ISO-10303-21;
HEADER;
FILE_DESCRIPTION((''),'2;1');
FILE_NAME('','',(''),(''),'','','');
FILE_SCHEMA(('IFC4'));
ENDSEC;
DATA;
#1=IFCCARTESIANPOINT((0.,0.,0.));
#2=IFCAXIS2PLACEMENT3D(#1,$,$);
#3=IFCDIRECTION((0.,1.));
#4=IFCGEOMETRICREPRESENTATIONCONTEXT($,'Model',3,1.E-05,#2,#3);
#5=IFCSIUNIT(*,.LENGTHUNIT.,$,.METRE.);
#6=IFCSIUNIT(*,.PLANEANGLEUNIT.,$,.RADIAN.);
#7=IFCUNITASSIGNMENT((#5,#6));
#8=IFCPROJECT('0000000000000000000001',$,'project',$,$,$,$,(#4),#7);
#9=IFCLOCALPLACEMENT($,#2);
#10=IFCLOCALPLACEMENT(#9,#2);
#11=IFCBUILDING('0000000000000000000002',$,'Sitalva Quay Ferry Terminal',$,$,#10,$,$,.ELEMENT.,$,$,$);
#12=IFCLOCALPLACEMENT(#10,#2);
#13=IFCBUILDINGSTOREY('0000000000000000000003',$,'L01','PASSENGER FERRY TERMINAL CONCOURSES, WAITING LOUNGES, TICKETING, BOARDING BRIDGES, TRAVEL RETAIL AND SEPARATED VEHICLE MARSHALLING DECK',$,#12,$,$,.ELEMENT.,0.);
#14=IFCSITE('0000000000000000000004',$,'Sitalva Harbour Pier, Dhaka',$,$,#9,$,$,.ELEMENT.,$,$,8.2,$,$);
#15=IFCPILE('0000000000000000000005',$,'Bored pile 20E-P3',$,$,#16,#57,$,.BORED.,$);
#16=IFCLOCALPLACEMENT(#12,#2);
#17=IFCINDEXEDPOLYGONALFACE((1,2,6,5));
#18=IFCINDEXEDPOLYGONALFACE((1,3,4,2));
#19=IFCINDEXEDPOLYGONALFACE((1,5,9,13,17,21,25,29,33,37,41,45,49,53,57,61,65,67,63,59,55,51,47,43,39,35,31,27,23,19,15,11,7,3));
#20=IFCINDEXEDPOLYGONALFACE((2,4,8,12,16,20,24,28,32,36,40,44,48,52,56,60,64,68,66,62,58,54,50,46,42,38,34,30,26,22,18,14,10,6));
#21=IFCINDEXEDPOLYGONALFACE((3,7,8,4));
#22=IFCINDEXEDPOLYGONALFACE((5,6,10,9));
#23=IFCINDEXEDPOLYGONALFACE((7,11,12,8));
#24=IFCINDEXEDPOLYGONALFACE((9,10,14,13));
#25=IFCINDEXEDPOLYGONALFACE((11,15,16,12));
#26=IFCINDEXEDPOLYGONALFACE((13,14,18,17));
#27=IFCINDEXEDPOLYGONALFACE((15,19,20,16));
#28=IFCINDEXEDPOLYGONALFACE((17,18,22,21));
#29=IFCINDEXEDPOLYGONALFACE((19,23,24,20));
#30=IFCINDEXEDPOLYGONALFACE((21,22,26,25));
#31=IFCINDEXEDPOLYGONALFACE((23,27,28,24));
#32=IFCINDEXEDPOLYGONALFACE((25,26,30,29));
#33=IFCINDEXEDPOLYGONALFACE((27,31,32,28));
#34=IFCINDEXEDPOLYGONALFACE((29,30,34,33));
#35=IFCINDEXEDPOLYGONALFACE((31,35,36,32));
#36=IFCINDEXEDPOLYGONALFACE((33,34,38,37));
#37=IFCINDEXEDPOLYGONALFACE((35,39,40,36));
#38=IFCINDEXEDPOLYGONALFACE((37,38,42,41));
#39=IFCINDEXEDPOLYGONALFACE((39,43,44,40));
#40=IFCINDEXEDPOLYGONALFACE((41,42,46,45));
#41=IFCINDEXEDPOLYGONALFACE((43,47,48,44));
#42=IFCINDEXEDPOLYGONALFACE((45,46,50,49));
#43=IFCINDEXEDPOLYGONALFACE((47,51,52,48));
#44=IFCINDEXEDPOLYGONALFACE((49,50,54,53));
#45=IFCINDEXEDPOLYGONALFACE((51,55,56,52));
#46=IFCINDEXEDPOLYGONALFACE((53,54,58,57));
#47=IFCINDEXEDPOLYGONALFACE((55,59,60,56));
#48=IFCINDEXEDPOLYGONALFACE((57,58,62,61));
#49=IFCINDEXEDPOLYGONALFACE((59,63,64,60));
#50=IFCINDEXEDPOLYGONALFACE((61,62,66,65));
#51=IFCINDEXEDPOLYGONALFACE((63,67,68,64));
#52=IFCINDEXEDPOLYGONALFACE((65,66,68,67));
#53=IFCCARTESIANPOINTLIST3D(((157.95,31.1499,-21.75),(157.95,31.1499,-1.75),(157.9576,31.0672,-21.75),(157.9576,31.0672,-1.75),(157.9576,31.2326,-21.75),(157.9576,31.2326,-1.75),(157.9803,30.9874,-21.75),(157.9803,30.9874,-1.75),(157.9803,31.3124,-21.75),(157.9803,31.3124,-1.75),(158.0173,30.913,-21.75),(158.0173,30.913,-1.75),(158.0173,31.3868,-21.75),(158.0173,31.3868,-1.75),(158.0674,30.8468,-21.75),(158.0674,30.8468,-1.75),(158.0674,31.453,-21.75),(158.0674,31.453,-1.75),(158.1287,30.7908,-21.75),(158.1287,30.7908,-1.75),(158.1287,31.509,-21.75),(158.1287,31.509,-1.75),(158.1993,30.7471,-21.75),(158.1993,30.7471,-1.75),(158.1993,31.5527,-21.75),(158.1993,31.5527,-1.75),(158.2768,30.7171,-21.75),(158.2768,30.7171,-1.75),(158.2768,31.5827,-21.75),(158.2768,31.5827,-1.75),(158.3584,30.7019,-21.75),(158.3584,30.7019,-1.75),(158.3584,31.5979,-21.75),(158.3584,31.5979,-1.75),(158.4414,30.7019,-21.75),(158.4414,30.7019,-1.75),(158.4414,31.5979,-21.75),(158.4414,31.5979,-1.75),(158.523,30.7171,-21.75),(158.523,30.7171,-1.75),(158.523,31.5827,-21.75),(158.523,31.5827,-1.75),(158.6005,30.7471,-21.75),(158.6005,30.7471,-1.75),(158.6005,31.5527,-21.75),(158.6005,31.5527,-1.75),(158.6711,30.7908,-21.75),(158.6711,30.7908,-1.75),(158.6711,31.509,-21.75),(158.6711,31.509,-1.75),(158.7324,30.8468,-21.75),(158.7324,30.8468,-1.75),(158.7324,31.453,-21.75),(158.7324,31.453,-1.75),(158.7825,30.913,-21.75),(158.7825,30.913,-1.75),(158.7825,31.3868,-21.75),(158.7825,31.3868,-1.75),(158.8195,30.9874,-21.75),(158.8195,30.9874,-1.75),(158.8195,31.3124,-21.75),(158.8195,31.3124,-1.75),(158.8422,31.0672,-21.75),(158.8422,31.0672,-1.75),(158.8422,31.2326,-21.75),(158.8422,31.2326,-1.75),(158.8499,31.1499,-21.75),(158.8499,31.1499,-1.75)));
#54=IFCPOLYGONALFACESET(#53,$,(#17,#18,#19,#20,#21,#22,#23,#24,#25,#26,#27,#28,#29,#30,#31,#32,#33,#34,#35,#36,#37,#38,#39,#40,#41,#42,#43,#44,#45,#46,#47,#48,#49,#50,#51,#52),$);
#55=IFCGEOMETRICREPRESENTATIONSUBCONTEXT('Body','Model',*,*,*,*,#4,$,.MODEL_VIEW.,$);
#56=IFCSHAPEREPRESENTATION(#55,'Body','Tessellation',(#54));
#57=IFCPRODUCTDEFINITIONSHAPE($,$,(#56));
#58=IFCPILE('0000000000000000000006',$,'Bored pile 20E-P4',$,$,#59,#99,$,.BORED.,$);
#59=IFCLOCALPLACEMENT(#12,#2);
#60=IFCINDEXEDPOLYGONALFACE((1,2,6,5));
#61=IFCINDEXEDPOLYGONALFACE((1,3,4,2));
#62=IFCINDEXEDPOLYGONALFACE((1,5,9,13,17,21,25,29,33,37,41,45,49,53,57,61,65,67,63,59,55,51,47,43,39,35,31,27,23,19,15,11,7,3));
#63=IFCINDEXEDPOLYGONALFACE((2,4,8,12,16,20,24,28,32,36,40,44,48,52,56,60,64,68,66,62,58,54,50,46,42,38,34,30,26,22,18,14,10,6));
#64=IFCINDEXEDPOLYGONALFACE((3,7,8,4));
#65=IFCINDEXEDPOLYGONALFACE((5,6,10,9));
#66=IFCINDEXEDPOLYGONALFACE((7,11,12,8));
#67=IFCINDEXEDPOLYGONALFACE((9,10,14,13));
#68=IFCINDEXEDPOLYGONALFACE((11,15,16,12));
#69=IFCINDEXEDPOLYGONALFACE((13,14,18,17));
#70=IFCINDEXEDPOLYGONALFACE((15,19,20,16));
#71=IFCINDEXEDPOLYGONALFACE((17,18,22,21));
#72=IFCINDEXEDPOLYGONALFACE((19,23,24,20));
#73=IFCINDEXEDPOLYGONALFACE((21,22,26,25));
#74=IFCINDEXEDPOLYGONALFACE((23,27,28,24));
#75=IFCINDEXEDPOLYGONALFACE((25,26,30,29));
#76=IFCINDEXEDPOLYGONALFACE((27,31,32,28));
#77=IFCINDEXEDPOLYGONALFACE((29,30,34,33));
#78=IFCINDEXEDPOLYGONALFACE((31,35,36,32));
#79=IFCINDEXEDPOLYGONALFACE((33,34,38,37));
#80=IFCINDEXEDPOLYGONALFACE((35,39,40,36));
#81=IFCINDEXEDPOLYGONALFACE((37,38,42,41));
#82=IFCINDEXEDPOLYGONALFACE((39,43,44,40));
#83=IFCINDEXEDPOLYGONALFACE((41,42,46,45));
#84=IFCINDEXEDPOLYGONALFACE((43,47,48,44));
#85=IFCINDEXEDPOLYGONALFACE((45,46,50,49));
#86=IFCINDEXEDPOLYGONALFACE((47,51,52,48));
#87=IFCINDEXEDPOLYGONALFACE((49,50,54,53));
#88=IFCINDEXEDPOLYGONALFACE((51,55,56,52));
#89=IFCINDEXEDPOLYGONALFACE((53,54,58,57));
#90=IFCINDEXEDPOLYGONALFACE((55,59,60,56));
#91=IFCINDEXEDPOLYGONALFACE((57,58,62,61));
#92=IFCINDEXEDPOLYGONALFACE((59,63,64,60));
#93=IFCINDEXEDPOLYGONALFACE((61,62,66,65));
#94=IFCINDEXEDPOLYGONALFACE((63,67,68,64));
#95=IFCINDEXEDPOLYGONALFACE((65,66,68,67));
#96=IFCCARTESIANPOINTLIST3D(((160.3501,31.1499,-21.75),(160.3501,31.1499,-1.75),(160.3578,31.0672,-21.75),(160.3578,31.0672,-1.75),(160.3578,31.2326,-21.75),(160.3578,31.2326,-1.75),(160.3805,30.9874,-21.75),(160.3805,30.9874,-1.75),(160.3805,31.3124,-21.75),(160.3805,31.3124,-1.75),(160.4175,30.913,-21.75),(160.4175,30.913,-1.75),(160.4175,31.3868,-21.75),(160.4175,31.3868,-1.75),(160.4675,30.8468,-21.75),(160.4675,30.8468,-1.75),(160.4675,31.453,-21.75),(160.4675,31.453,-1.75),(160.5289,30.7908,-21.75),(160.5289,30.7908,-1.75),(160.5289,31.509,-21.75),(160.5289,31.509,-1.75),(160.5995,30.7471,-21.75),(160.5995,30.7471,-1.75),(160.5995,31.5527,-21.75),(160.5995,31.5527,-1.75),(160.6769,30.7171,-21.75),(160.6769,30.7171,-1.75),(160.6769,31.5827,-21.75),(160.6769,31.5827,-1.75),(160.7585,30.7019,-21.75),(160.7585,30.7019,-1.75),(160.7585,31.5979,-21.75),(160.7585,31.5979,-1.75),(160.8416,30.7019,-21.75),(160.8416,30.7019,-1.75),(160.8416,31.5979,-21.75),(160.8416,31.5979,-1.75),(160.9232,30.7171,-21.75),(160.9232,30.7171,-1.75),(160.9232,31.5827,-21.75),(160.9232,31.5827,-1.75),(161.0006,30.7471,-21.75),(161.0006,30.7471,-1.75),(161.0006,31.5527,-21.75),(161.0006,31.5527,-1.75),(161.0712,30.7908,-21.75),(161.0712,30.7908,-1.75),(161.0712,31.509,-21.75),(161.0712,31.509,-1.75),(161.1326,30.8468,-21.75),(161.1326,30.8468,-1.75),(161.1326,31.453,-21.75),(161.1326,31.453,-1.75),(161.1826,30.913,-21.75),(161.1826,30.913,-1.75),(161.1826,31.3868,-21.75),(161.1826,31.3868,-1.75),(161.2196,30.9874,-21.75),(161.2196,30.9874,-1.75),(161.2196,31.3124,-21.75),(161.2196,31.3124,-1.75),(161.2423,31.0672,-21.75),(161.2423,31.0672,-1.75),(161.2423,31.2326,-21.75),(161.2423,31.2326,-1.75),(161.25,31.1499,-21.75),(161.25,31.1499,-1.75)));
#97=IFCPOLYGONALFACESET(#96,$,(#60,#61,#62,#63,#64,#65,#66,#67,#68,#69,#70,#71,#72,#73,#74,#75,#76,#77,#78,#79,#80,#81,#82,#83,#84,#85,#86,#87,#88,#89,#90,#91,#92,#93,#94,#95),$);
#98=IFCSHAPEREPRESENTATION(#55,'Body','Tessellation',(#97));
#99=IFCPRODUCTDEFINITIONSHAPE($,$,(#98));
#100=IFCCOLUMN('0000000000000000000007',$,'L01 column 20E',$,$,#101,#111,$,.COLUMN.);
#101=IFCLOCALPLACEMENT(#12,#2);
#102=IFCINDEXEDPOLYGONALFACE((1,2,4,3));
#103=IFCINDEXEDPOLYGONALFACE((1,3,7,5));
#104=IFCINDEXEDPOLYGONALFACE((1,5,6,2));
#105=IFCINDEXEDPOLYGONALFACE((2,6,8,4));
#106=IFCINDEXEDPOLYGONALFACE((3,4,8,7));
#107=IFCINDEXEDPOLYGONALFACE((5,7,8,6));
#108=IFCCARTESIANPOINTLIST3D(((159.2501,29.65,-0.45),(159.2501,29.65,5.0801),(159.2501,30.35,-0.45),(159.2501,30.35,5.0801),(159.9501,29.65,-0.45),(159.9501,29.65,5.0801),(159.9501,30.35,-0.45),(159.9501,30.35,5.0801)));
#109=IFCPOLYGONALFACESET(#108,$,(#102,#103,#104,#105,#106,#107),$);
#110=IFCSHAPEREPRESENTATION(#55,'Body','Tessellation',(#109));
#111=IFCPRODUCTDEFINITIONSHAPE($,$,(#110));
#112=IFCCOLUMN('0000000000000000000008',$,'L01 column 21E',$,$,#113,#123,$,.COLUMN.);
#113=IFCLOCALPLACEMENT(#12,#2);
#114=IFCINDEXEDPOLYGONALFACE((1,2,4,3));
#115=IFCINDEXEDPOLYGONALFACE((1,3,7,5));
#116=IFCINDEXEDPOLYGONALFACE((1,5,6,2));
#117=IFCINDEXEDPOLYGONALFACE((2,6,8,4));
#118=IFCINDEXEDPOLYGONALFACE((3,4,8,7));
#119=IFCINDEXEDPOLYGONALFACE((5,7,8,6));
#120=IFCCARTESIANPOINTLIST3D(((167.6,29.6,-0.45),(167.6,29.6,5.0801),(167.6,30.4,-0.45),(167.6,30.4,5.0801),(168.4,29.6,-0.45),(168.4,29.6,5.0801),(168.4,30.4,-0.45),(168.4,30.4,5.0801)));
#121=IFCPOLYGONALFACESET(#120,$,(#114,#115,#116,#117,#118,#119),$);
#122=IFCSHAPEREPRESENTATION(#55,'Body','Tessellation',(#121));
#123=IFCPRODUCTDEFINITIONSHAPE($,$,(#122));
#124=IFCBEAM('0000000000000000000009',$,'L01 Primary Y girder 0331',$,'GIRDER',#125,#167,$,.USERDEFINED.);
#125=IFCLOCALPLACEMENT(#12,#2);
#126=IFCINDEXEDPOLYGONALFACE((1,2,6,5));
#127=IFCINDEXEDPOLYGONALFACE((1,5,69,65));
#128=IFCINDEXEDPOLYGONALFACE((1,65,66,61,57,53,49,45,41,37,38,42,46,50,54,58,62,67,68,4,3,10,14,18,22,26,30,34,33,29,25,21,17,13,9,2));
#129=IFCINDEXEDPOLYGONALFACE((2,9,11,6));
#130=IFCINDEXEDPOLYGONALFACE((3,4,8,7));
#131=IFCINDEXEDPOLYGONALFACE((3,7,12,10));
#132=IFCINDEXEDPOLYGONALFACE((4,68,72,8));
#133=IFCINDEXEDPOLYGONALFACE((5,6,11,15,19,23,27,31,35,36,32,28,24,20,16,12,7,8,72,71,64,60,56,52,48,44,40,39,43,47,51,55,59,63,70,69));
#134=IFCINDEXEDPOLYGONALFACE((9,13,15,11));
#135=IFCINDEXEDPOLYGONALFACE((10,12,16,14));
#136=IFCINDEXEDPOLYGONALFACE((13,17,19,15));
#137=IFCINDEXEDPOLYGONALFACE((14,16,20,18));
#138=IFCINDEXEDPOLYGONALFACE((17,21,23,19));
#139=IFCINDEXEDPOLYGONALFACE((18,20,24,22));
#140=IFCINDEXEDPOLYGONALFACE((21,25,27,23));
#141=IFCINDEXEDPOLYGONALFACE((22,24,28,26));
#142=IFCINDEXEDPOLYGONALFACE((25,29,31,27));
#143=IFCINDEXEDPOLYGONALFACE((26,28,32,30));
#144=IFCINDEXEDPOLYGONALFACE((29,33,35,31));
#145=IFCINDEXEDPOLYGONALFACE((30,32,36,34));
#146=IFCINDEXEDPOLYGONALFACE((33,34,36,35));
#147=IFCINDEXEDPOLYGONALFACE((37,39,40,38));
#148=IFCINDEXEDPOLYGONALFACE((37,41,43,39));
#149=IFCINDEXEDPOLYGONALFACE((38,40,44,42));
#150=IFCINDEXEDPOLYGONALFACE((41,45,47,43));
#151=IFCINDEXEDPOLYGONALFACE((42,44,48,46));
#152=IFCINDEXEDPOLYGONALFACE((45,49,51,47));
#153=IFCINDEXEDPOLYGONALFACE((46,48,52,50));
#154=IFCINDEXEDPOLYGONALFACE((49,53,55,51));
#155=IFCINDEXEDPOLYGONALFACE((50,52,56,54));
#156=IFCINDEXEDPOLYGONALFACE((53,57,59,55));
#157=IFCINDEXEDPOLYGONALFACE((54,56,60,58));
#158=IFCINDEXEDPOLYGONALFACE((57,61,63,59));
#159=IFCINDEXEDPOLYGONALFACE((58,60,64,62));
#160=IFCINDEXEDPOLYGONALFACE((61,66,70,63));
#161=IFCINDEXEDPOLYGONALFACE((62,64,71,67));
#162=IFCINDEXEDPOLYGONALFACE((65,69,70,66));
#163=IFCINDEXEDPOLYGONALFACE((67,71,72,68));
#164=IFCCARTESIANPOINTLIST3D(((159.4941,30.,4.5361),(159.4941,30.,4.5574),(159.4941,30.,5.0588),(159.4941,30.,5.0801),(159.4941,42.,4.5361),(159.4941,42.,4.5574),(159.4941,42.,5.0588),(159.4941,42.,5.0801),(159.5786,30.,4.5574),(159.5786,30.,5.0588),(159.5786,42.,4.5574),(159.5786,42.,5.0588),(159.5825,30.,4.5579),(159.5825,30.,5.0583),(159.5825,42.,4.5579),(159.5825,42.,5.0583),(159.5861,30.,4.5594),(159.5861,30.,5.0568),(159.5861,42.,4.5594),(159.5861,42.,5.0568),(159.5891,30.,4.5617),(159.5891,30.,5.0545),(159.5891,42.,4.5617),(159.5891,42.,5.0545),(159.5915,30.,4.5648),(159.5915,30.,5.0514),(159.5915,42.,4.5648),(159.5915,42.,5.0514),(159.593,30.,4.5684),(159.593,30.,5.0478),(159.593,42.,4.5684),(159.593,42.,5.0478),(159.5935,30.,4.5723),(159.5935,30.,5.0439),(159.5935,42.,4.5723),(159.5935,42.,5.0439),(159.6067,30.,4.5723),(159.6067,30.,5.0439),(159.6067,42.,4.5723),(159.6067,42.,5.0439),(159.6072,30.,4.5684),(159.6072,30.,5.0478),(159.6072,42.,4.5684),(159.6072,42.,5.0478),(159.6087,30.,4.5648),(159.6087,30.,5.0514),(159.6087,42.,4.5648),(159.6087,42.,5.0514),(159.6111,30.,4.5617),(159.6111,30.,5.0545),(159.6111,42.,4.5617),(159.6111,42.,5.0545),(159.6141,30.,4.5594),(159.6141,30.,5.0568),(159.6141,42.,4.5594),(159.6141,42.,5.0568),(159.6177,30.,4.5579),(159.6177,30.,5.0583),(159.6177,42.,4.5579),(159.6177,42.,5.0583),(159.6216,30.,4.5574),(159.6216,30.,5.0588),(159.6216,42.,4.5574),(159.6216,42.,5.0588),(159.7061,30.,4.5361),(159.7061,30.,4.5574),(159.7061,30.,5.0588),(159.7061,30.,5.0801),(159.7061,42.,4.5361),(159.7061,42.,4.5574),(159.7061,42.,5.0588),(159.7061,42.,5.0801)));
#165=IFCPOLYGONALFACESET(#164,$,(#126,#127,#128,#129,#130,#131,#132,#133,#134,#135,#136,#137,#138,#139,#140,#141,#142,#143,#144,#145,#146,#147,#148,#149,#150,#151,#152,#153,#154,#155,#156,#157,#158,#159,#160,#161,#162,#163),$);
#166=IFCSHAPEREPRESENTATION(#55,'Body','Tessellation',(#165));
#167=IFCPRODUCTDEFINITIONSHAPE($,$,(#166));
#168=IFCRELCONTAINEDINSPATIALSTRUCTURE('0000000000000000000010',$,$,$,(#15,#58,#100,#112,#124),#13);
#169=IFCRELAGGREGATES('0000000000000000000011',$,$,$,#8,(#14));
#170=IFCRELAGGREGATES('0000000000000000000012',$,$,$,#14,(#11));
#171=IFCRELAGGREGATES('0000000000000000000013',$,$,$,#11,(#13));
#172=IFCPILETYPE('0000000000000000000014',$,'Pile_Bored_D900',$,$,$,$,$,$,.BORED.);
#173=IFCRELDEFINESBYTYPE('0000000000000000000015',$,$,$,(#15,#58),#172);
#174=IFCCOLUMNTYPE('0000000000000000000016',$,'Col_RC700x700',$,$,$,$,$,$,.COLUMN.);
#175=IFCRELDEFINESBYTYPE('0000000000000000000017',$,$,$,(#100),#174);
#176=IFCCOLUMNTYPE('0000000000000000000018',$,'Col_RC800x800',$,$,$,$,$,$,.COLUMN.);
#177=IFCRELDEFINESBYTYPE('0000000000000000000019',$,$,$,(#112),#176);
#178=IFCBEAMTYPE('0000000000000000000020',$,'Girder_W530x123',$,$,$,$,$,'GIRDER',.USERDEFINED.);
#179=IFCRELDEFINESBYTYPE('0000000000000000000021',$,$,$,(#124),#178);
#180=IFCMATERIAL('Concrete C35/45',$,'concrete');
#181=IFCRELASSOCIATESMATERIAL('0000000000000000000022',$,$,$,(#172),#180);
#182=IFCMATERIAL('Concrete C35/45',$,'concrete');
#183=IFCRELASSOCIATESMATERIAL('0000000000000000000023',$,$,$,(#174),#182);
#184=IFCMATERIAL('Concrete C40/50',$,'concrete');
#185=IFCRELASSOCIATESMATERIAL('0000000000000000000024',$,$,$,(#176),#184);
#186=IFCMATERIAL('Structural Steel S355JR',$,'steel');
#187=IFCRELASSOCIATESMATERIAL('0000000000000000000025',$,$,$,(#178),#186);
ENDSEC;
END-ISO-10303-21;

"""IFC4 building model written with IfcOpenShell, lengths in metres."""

from ifc_helpers import new_model, si_unit, direction, frame, origin, origin_2d, place, context, subcontext, project, spatial, rectangle, circle, i_section, extrude, material, material_profile, profile_set, type_object, element, save


model = new_model("IFC4")

# Units and contexts
model_context = context("Model", 3, precision=1e-05, world=origin(), true_north=direction((0.0, 1.0)))
body_context = subcontext(model_context, "Body", "Model", "MODEL_VIEW")
ifc_project = project(units=[si_unit("LENGTHUNIT", "METRE"), si_unit("PLANEANGLEUNIT", "RADIAN")], contexts=[model_context])

# Site, building, storey
site_placement = place(None, origin())
site = spatial("IfcSite", under=ifc_project, at=site_placement, Name="Sitalva Harbour Pier, Dhaka", CompositionType="ELEMENT", RefElevation=8.2)
building_placement = place(site_placement, origin())
building = spatial("IfcBuilding", under=site, at=building_placement, Name="Sitalva Quay Ferry Terminal", CompositionType="ELEMENT")
storey_placement = place(building_placement, origin())
storey = spatial("IfcBuildingStorey", under=building, at=storey_placement, Name="L01", Description="PASSENGER FERRY TERMINAL CONCOURSES, WAITING LOUNGES, TICKETING, BOARDING BRIDGES, TRAVEL RETAIL AND SEPARATED VEHICLE MARSHALLING DECK", CompositionType="ELEMENT", Elevation=0.0)

# Piles
ifc_material_1 = material(Name="Concrete C35/45", Category="concrete")
ifc_material_profile_1 = material_profile(ifc_material_1, circle(Radius=0.45, at=origin_2d()), Name="PILE-D900")
ifc_profile_set_1 = profile_set([ifc_material_profile_1], Name="Concrete C35/45")
pile_type_1 = type_object("IfcPileType", Name="Pile_Bored_D900", PredefinedType="BORED", material=ifc_profile_set_1)
for number, where, z_axis, x_axis, name in (
    (1, (158.3999, 31.1499, -1.75), (0.0, 0.0, -1.0), (1.0, 0.0, 0.0), "Bored pile 20E-P3"),
    (2, (160.8, 31.1499, -1.75), (0.0, 0.0, -1.0), (1.0, 0.0, 0.0), "Bored pile 20E-P4"),
):
    element("IfcPile", number, at=place(storey_placement, frame(where, z_axis=z_axis, x_axis=x_axis)), inside=storey, type_object=pile_type_1, Name=name, PredefinedType="BORED", context=body_context, shape_type="SweptSolid", body=[
        extrude(circle(Radius=0.45, at=origin_2d()), origin(), (0.0, 0.0, 1.0), 20.0),
    ])

# Columns
ifc_material_2 = material(Name="Concrete C35/45", Category="concrete")
ifc_material_profile_2 = material_profile(ifc_material_2, rectangle(XDim=0.7, YDim=0.7, at=origin_2d()), Name="RC700x700")
ifc_profile_set_2 = profile_set([ifc_material_profile_2], Name="Concrete C35/45")
column_type_1 = type_object("IfcColumnType", Name="Col_RC700x700", PredefinedType="COLUMN", material=ifc_profile_set_2)
column_1_placement = place(storey_placement, frame((159.6001, 30.0, -0.45), z_axis=(0.0, 0.0, 1.0), x_axis=(1.0, 0.0, 0.0)))
element("IfcColumn", 3, at=column_1_placement, inside=storey, type_object=column_type_1, Name="L01 column 20E", PredefinedType="COLUMN", context=body_context, shape_type="SweptSolid", body=[
    extrude(rectangle(XDim=0.7, YDim=0.7, at=origin_2d()), origin(), (0.0, 0.0, 1.0), 5.53),
])
ifc_material_3 = material(Name="Concrete C40/50", Category="concrete")
ifc_material_profile_3 = material_profile(ifc_material_3, rectangle(XDim=0.8, YDim=0.8, at=origin_2d()), Name="RC800x800")
ifc_profile_set_3 = profile_set([ifc_material_profile_3], Name="Concrete C40/50")
column_type_2 = type_object("IfcColumnType", Name="Col_RC800x800", PredefinedType="COLUMN", material=ifc_profile_set_3)
column_2_placement = place(storey_placement, frame((168.0, 30.0, -0.45), z_axis=(0.0, 0.0, 1.0), x_axis=(1.0, 0.0, 0.0)))
element("IfcColumn", 4, at=column_2_placement, inside=storey, type_object=column_type_2, Name="L01 column 21E", PredefinedType="COLUMN", context=body_context, shape_type="SweptSolid", body=[
    extrude(rectangle(XDim=0.8, YDim=0.8, at=origin_2d()), origin(), (0.0, 0.0, 1.0), 5.53),
])

# Beam
ifc_material_4 = material(Name="Structural Steel S355JR", Category="steel")
ifc_material_profile_4 = material_profile(ifc_material_4, i_section(OverallWidth=0.2119, OverallDepth=0.5439, WebThickness=0.0132, FlangeThickness=0.0212, FilletRadius=0.0149, at=origin_2d()), Name="W530x123")
ifc_profile_set_4 = profile_set([ifc_material_profile_4], Name="Structural Steel S355JR")
beam_type_1 = type_object("IfcBeamType", Name="Girder_W530x123", ElementType="GIRDER", PredefinedType="USERDEFINED", material=ifc_profile_set_4)
for number, where, z_axis, x_axis, name in (
    (5, (159.6001, 30.0, 4.8081), (0.0, 1.0, 0.0), (-1.0, 0.0, 0.0), "L01 Primary Y girder 0331"),
):
    element("IfcBeam", number, at=place(storey_placement, frame(where, z_axis=z_axis, x_axis=x_axis)), inside=storey, type_object=beam_type_1, Name=name, ObjectType="GIRDER", PredefinedType="USERDEFINED", context=body_context, shape_type="SweptSolid", body=[
        extrude(i_section(OverallWidth=0.2119, OverallDepth=0.5439, WebThickness=0.0132, FlangeThickness=0.0212, FilletRadius=0.0149, at=origin_2d()), origin(), (0.0, 0.0, 1.0), 12.0),
    ])

save(model, "model.ifc")
